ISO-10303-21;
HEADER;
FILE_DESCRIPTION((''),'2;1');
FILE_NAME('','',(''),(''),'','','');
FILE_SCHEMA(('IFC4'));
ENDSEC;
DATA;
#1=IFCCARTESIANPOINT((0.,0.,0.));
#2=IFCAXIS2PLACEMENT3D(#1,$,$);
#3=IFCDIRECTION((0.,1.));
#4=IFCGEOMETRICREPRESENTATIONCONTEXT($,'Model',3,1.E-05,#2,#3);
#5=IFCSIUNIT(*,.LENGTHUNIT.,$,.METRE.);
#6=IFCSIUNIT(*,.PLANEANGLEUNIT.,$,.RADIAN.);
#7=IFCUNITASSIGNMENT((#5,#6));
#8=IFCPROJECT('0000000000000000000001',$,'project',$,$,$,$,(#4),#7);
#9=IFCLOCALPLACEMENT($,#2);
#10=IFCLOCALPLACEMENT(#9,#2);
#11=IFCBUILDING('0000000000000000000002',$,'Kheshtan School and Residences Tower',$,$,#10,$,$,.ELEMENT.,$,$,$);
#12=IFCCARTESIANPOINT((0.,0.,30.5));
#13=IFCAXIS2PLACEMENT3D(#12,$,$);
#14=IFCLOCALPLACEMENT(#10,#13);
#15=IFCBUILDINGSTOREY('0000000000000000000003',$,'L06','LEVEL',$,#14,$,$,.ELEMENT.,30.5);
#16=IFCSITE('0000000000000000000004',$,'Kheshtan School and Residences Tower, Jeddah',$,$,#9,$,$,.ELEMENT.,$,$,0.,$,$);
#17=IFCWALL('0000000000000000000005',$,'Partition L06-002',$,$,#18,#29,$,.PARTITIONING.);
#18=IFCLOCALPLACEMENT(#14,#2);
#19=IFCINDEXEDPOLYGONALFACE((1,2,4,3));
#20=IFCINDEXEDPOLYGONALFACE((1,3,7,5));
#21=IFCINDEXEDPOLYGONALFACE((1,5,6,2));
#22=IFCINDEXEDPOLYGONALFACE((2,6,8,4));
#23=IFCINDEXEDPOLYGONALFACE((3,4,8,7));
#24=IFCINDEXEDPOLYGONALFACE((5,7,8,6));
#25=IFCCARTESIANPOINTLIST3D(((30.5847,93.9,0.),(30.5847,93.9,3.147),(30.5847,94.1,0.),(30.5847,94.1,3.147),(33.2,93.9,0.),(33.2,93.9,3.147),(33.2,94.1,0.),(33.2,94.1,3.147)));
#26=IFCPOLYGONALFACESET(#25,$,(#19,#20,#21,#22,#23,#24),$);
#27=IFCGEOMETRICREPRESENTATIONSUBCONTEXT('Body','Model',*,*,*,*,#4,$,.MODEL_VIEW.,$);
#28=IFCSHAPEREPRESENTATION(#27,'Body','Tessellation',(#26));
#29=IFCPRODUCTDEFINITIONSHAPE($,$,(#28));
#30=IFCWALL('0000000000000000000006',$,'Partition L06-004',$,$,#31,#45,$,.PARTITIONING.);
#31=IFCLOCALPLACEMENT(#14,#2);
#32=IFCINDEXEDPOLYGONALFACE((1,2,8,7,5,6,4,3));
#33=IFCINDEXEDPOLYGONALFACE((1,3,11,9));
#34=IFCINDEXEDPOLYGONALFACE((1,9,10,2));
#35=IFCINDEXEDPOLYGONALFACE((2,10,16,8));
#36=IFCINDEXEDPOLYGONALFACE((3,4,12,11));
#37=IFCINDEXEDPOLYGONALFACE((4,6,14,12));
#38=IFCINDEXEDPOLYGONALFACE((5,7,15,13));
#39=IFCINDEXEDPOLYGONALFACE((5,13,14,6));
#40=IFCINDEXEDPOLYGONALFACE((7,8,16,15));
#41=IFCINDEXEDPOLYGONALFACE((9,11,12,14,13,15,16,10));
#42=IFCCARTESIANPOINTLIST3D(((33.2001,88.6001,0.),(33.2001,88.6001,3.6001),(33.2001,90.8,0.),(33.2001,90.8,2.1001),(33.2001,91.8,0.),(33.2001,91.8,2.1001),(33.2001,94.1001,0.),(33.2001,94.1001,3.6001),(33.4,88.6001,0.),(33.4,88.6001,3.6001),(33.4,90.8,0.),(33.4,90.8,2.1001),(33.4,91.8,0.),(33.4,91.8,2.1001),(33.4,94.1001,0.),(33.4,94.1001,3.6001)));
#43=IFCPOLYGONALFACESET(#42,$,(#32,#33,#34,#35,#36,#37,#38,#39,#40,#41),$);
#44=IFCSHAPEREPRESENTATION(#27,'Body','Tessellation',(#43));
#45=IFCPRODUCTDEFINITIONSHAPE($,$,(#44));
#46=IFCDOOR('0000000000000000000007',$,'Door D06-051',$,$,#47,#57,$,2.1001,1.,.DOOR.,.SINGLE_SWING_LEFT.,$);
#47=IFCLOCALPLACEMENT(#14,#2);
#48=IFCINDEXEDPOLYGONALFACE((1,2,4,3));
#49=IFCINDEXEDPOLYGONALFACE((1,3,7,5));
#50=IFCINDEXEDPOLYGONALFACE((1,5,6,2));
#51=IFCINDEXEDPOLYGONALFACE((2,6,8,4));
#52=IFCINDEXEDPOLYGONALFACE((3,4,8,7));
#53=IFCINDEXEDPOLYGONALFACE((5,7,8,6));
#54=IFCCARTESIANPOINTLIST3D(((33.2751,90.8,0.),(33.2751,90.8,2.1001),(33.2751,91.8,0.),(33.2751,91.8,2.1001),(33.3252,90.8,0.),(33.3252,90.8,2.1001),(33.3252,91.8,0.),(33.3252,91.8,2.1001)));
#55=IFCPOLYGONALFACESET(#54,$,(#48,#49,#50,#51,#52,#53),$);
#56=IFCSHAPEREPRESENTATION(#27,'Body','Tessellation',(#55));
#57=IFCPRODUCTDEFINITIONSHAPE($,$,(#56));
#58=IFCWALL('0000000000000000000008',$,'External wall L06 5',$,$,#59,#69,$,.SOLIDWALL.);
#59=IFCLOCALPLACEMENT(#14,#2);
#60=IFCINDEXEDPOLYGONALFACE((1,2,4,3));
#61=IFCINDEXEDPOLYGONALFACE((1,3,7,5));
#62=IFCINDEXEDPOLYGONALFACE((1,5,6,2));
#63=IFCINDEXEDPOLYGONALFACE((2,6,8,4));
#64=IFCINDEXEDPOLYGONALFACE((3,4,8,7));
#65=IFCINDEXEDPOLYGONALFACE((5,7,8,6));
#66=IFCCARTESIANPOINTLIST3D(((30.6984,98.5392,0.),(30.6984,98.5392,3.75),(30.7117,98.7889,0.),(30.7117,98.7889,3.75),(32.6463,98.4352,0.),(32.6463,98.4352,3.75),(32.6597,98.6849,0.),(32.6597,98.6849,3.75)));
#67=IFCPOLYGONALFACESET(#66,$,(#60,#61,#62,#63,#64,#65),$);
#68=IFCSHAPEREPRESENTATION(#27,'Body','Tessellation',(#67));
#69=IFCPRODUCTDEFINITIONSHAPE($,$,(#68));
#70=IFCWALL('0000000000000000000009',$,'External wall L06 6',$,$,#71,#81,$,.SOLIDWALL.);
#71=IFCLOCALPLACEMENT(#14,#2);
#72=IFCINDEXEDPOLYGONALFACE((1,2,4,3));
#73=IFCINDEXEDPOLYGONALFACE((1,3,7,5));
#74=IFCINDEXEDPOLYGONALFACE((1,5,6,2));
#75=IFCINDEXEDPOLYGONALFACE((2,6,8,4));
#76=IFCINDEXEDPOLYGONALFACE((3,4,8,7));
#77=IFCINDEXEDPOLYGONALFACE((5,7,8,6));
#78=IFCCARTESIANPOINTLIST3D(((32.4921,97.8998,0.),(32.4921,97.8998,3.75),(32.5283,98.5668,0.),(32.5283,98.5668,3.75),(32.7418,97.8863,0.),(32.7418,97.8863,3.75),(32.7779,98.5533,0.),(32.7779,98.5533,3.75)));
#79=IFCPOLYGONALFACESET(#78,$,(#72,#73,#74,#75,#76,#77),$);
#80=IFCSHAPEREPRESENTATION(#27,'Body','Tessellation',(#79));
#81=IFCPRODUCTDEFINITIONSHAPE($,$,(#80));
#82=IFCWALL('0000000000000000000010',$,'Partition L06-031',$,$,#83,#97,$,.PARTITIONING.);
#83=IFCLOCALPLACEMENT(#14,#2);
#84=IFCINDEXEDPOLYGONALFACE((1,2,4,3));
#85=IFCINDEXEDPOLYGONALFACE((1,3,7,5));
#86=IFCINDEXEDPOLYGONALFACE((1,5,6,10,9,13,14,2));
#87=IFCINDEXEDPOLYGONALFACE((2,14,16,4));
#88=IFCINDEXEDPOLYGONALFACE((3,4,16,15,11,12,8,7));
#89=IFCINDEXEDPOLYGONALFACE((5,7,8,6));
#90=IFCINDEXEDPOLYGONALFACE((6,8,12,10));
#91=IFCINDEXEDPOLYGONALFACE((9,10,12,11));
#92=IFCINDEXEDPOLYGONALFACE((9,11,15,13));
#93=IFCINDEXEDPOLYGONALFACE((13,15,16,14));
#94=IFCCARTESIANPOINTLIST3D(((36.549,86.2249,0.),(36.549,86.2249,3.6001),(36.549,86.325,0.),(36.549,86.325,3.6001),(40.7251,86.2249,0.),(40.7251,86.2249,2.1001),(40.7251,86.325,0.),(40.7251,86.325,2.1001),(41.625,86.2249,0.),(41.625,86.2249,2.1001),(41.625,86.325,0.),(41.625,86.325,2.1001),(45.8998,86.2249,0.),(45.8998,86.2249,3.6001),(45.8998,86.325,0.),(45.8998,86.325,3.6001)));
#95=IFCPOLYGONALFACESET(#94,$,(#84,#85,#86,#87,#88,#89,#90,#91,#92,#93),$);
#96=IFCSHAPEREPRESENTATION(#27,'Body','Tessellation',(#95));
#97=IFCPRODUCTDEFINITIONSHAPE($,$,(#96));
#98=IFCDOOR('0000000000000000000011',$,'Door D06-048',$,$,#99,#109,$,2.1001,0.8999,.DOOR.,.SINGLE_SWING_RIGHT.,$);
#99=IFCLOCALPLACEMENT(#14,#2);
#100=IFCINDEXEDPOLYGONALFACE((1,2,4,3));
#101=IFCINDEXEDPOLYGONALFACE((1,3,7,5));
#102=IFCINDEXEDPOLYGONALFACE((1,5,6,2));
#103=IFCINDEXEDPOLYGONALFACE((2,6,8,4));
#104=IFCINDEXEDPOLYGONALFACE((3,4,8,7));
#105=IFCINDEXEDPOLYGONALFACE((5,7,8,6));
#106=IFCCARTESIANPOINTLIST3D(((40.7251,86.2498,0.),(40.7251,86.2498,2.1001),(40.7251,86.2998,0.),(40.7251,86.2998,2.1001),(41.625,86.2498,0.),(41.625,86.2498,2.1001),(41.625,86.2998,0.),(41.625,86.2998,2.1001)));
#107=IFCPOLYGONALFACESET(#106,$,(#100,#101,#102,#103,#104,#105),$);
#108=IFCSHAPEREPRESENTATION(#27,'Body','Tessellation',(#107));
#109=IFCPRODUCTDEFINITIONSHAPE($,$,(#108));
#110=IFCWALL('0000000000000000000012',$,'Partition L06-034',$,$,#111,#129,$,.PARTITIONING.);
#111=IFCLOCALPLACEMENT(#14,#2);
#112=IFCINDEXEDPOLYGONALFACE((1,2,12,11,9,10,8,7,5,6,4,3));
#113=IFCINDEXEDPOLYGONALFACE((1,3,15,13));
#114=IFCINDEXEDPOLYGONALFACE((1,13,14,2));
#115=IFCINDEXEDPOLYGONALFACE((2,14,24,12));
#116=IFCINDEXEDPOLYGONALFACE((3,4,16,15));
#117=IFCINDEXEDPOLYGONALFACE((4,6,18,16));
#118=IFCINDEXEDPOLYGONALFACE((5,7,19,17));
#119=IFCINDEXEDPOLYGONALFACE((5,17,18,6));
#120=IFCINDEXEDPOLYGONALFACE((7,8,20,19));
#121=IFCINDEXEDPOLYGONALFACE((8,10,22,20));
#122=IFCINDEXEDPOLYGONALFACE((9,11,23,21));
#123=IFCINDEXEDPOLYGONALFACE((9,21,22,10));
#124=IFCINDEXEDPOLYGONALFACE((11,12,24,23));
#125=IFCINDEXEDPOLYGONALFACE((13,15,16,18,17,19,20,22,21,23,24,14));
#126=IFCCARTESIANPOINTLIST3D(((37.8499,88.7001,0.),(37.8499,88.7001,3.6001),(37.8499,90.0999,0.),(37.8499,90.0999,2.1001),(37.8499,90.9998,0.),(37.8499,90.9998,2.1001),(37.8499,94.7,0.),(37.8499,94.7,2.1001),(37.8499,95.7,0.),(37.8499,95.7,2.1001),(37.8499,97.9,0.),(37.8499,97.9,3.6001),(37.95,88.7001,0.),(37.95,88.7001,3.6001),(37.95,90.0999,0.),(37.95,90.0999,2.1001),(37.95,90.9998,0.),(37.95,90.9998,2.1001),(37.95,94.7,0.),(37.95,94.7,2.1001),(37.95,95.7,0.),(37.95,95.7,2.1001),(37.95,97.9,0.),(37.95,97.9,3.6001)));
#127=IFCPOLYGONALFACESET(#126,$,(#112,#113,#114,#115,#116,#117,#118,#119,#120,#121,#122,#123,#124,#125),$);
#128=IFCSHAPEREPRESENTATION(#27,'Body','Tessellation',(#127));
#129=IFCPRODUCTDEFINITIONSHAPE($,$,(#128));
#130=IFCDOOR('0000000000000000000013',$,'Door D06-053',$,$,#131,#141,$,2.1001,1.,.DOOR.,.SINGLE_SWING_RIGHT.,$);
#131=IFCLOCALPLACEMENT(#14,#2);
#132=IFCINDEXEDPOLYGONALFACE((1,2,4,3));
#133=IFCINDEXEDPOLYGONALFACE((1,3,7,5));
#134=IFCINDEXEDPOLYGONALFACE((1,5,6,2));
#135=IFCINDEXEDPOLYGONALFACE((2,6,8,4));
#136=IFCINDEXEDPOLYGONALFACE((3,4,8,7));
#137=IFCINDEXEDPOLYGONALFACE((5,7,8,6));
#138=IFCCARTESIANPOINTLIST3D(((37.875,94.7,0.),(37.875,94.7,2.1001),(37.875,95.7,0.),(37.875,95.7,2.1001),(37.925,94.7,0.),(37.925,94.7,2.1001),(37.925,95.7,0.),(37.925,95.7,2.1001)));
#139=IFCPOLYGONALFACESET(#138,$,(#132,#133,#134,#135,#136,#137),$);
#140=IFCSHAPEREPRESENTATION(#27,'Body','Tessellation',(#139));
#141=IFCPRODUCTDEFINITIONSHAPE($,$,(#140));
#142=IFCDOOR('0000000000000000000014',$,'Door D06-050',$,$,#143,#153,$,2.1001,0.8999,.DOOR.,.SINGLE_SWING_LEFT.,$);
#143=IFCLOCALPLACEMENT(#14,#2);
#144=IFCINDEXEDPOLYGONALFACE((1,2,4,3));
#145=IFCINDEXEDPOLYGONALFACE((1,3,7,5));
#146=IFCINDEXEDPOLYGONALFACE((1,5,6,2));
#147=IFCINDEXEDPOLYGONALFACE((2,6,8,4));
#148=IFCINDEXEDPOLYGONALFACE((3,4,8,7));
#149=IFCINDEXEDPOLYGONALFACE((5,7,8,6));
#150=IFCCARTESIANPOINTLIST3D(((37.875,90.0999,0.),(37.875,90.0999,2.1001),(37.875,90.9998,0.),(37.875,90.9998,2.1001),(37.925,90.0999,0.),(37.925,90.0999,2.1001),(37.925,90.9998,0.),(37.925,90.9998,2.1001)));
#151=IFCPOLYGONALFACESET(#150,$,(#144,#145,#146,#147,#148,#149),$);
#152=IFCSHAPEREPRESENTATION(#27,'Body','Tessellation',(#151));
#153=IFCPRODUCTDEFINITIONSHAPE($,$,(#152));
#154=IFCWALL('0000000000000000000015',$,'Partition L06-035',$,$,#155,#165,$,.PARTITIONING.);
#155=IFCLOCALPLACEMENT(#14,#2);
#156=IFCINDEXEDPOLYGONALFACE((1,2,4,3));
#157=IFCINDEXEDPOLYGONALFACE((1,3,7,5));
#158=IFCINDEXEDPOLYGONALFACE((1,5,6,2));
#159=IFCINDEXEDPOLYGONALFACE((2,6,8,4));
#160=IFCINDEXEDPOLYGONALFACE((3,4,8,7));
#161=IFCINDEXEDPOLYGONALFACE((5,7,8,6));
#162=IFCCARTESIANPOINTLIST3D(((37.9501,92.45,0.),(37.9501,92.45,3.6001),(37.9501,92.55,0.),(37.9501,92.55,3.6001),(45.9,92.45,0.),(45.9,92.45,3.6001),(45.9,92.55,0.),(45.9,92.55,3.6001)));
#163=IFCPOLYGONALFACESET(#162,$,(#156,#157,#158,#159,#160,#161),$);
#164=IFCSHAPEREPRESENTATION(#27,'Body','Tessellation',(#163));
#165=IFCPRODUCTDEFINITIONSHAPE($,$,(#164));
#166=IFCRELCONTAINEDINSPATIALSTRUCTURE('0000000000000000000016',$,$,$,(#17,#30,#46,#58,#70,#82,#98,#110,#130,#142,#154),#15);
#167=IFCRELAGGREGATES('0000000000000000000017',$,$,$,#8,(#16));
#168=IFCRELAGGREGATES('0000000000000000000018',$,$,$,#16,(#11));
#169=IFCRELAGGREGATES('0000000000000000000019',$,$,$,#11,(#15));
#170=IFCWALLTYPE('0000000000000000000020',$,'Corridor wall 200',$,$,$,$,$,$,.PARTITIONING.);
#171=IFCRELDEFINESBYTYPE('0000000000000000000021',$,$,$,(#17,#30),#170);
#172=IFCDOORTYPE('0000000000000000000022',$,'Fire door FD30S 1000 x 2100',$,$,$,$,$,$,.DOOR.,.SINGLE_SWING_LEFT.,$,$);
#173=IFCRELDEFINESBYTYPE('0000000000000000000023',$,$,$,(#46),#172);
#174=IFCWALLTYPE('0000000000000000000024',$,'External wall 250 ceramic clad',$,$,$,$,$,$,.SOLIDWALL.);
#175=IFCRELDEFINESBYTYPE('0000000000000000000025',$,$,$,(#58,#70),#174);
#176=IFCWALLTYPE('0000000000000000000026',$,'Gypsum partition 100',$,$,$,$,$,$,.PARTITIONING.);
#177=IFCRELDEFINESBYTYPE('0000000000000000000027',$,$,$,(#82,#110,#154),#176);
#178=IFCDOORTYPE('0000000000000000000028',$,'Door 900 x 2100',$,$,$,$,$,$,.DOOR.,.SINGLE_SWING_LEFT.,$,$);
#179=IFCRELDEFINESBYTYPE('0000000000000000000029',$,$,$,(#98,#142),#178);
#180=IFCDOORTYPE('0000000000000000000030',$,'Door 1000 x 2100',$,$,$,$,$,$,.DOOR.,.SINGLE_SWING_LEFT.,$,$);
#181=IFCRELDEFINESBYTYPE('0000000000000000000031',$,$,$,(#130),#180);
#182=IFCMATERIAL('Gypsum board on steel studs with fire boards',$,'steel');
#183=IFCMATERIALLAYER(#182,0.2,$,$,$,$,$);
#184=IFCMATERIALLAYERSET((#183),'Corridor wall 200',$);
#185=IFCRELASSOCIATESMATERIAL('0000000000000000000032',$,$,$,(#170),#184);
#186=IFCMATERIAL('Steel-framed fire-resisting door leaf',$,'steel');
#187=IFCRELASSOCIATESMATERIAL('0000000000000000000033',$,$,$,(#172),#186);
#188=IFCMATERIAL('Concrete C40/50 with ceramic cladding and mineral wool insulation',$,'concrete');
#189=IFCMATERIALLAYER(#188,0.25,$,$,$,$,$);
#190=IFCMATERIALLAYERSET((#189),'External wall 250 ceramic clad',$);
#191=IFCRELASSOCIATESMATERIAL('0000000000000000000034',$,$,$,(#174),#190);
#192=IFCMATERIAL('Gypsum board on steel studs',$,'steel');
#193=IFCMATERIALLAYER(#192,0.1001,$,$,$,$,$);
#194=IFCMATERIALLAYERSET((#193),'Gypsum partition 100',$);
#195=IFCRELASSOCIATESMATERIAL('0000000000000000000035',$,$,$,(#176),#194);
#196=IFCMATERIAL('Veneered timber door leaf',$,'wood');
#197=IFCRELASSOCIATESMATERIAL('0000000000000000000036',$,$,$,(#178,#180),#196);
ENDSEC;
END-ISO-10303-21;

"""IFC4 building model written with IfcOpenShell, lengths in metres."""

from ifc_helpers import new_model, si_unit, direction, frame, frame_2d, origin, place, context, subcontext, project, spatial, rectangle, extrude, source, transform, mapped, material, layer, layer_set, type_object, element, fill, save


model = new_model("IFC4")

# Units and contexts
model_context = context("Model", 3, precision=1e-05, world=origin(), true_north=direction((0.0, 1.0)))
body_context = subcontext(model_context, "Body", "Model", "MODEL_VIEW")
ifc_project = project(units=[si_unit("LENGTHUNIT", "METRE"), si_unit("PLANEANGLEUNIT", "RADIAN")], contexts=[model_context])

# Site, building, storey
site_placement = place(None, origin())
site = spatial("IfcSite", under=ifc_project, at=site_placement, Name="Kheshtan School and Residences Tower, Jeddah", CompositionType="ELEMENT", RefElevation=0.0)
building_placement = place(site_placement, origin())
building = spatial("IfcBuilding", under=site, at=building_placement, Name="Kheshtan School and Residences Tower", CompositionType="ELEMENT")
storey_placement = place(building_placement, frame((0.0, 0.0, 30.5)))
storey = spatial("IfcBuildingStorey", under=building, at=storey_placement, Name="L06", Description="LEVEL", CompositionType="ELEMENT", Elevation=30.5)

# Wall
ifc_material_1 = material(Name="Gypsum board on steel studs with fire boards", Category="steel")
ifc_layer_1 = layer(ifc_material_1, 0.2)
ifc_layer_set_1 = layer_set([ifc_layer_1], Name="Corridor wall 200")
wall_type_1 = type_object("IfcWallType", Name="Corridor wall 200", PredefinedType="PARTITIONING", material=ifc_layer_set_1)
wall_1_placement = place(storey_placement, frame((30.5847, 94.0, 0.0), z_axis=(0.0, 0.0, 1.0), x_axis=(1.0, 0.0, 0.0)))
element("IfcWall", 1, at=wall_1_placement, inside=storey, type_object=wall_type_1, Name="Partition L06-002", PredefinedType="PARTITIONING", context=body_context, shape_type="SweptSolid", body=[
    extrude(rectangle(XDim=2.6152, YDim=0.2, at=frame_2d((1.3076, 0.0))), origin(), (0.0, 0.0, 1.0), 3.147),
])

# Wall, opening, door
wall_2_placement = place(storey_placement, frame((33.3, 88.6001, 0.0), z_axis=(0.0, 0.0, 1.0), x_axis=(0.0, 1.0, 0.0)))
wall_2 = element("IfcWall", 2, at=wall_2_placement, inside=storey, type_object=wall_type_1, Name="Partition L06-004", PredefinedType="PARTITIONING", context=body_context, shape_type="SweptSolid", body=[
    extrude(rectangle(XDim=5.5, YDim=0.2, at=frame_2d((2.75, 0.0))), origin(), (0.0, 0.0, 1.0), 3.6001),
])
opening_1_placement = place(wall_2_placement, frame((2.2, 0.0, 0.0)))
opening_1 = element("IfcOpeningElement", 3, at=opening_1_placement, cuts=wall_2, PredefinedType="OPENING", context=body_context, shape_type="SweptSolid", body=[
    extrude(rectangle(XDim=1.0, YDim=2.1001, at=frame_2d((0.5, 1.05))), frame((0.0, 0.1099, 0.0), z_axis=(0.0, -1.0, 0.0), x_axis=(1.0, 0.0, 0.0)), (0.0, 0.0, 1.0), 0.22),
])
ifc_material_2 = material(Name="Steel-framed fire-resisting door leaf", Category="steel")
door_type_1 = type_object("IfcDoorType", Name="Fire door FD30S 1000 x 2100", OperationType="SINGLE_SWING_LEFT", PredefinedType="DOOR", material=ifc_material_2)
shared_shape_1 = source(origin(), body_context, "Body", "SweptSolid", [
    extrude(rectangle(XDim=1.0, YDim=2.1001, at=frame_2d((0.5, 1.05))), frame((0.0, 0.0249, 0.0), z_axis=(0.0, -1.0, 0.0), x_axis=(1.0, 0.0, 0.0)), (0.0, 0.0, 1.0), 0.05),
])
door_1_placement = place(opening_1_placement, origin())
door_1 = element("IfcDoor", 4, at=door_1_placement, inside=storey, type_object=door_type_1, Name="Door D06-051", OperationType="SINGLE_SWING_LEFT", OverallHeight=2.1001, OverallWidth=1.0, PredefinedType="DOOR", context=body_context, shape_type="MappedRepresentation", body=[
    mapped(shared_shape_1, transform((0.0, 0.0, 0.0), x_axis=(1.0, 0.0, 0.0), y_axis=(0.0, 1.0, 0.0), z_axis=(0.0, 0.0, 1.0), scale=1.0)),
])
fill(opening_1, door_1)

# Walls
ifc_material_3 = material(Name="Concrete C40/50 with ceramic cladding and mineral wool insulation", Category="concrete")
ifc_layer_2 = layer(ifc_material_3, 0.25)
ifc_layer_set_2 = layer_set([ifc_layer_2], Name="External wall 250 ceramic clad")
wall_type_2 = type_object("IfcWallType", Name="External wall 250 ceramic clad", PredefinedType="SOLIDWALL", material=ifc_layer_set_2)
wall_3_placement = place(storey_placement, frame((30.7051, 98.6641, 0.0), z_axis=(0.0, 0.0, 1.0), x_axis=(0.998578, -0.053314, 0.0)))
element("IfcWall", 5, at=wall_3_placement, inside=storey, type_object=wall_type_2, Name="External wall L06 5", PredefinedType="SOLIDWALL", context=body_context, shape_type="SweptSolid", body=[
    extrude(rectangle(XDim=1.9507, YDim=0.25, at=frame_2d((0.9753, 0.0))), origin(), (0.0, 0.0, 1.0), 3.75),
])
wall_4_placement = place(storey_placement, frame((32.6531, 98.5601, 0.0), z_axis=(0.0, 0.0, 1.0), x_axis=(-0.054093, -0.998536, 0.0)))
element("IfcWall", 6, at=wall_4_placement, inside=storey, type_object=wall_type_2, Name="External wall L06 6", PredefinedType="SOLIDWALL", context=body_context, shape_type="SweptSolid", body=[
    extrude(rectangle(XDim=0.668, YDim=0.25, at=frame_2d((0.334, 0.0))), origin(), (0.0, 0.0, 1.0), 3.75),
])

# Wall, opening, door
ifc_material_4 = material(Name="Gypsum board on steel studs", Category="steel")
ifc_layer_3 = layer(ifc_material_4, 0.1001)
ifc_layer_set_3 = layer_set([ifc_layer_3], Name="Gypsum partition 100")
wall_type_3 = type_object("IfcWallType", Name="Gypsum partition 100", PredefinedType="PARTITIONING", material=ifc_layer_set_3)
wall_5_placement = place(storey_placement, frame((36.5491, 86.2749, 0.0), z_axis=(0.0, 0.0, 1.0), x_axis=(1.0, 0.0, 0.0)))
wall_5 = element("IfcWall", 7, at=wall_5_placement, inside=storey, type_object=wall_type_3, Name="Partition L06-031", PredefinedType="PARTITIONING", context=body_context, shape_type="SweptSolid", body=[
    extrude(rectangle(XDim=9.3508, YDim=0.1001, at=frame_2d((4.6753, 0.0))), origin(), (0.0, 0.0, 1.0), 3.6001),
])
opening_2_placement = place(wall_5_placement, frame((4.176, 0.0, 0.0)))
opening_2 = element("IfcOpeningElement", 8, at=opening_2_placement, cuts=wall_5, PredefinedType="OPENING", context=body_context, shape_type="SweptSolid", body=[
    extrude(rectangle(XDim=0.8999, YDim=2.1001, at=frame_2d((0.45, 1.05))), frame((0.0, 0.0601, 0.0), z_axis=(0.0, -1.0, 0.0), x_axis=(1.0, 0.0, 0.0)), (0.0, 0.0, 1.0), 0.1201),
])
ifc_material_5 = material(Name="Veneered timber door leaf", Category="wood")
door_type_2 = type_object("IfcDoorType", Name="Door 900 x 2100", OperationType="SINGLE_SWING_LEFT", PredefinedType="DOOR", material=ifc_material_5)
shared_shape_2 = source(origin(), body_context, "Body", "SweptSolid", [
    extrude(rectangle(XDim=0.8999, YDim=2.1001, at=frame_2d((0.45, 1.05))), frame((0.0, 0.0249, 0.0), z_axis=(0.0, -1.0, 0.0), x_axis=(1.0, 0.0, 0.0)), (0.0, 0.0, 1.0), 0.05),
])
door_2_placement = place(opening_2_placement, origin())
door_2 = element("IfcDoor", 9, at=door_2_placement, inside=storey, type_object=door_type_2, Name="Door D06-048", OperationType="SINGLE_SWING_RIGHT", OverallHeight=2.1001, OverallWidth=0.8999, PredefinedType="DOOR", context=body_context, shape_type="MappedRepresentation", body=[
    mapped(shared_shape_2, transform((0.0, 0.0, 0.0), x_axis=(1.0, 0.0, 0.0), y_axis=(0.0, 1.0, 0.0), z_axis=(0.0, 0.0, 1.0), scale=1.0)),
])
fill(opening_2, door_2)

# Wall, openings, doors
wall_6_placement = place(storey_placement, frame((37.8999, 88.7, 0.0), z_axis=(0.0, 0.0, 1.0), x_axis=(0.0, 1.0, 0.0)))
wall_6 = element("IfcWall", 10, at=wall_6_placement, inside=storey, type_object=wall_type_3, Name="Partition L06-034", PredefinedType="PARTITIONING", context=body_context, shape_type="SweptSolid", body=[
    extrude(rectangle(XDim=9.2, YDim=0.1001, at=frame_2d((4.6001, 0.0))), origin(), (0.0, 0.0, 1.0), 3.6001),
])
opening_3_placement = place(wall_6_placement, frame((1.3999, 0.0, 0.0)))
opening_3 = element("IfcOpeningElement", 11, at=opening_3_placement, cuts=wall_6, PredefinedType="OPENING", context=body_context, shape_type="SweptSolid", body=[
    extrude(rectangle(XDim=0.8999, YDim=2.1001, at=frame_2d((0.45, 1.05))), frame((0.0, 0.0601, 0.0), z_axis=(0.0, -1.0, 0.0), x_axis=(1.0, 0.0, 0.0)), (0.0, 0.0, 1.0), 0.1201),
])
opening_4_placement = place(wall_6_placement, frame((6.0, 0.0, 0.0)))
opening_4 = element("IfcOpeningElement", 12, at=opening_4_placement, cuts=wall_6, PredefinedType="OPENING", context=body_context, shape_type="SweptSolid", body=[
    extrude(rectangle(XDim=1.0, YDim=2.1001, at=frame_2d((0.5, 1.05))), frame((0.0, 0.0601, 0.0), z_axis=(0.0, -1.0, 0.0), x_axis=(1.0, 0.0, 0.0)), (0.0, 0.0, 1.0), 0.1201),
])
door_type_3 = type_object("IfcDoorType", Name="Door 1000 x 2100", OperationType="SINGLE_SWING_LEFT", PredefinedType="DOOR", material=ifc_material_5)
shared_shape_3 = source(origin(), body_context, "Body", "SweptSolid", [
    extrude(rectangle(XDim=1.0, YDim=2.1001, at=frame_2d((0.5, 1.05))), frame((0.0, 0.0249, 0.0), z_axis=(0.0, -1.0, 0.0), x_axis=(1.0, 0.0, 0.0)), (0.0, 0.0, 1.0), 0.05),
])
door_3_placement = place(opening_4_placement, origin())
door_3 = element("IfcDoor", 13, at=door_3_placement, inside=storey, type_object=door_type_3, Name="Door D06-053", OperationType="SINGLE_SWING_RIGHT", OverallHeight=2.1001, OverallWidth=1.0, PredefinedType="DOOR", context=body_context, shape_type="MappedRepresentation", body=[
    mapped(shared_shape_3, transform((0.0, 0.0, 0.0), x_axis=(1.0, 0.0, 0.0), y_axis=(0.0, 1.0, 0.0), z_axis=(0.0, 0.0, 1.0), scale=1.0)),
])
fill(opening_4, door_3)
door_4_placement = place(opening_3_placement, origin())
door_4 = element("IfcDoor", 14, at=door_4_placement, inside=storey, type_object=door_type_2, Name="Door D06-050", OperationType="SINGLE_SWING_LEFT", OverallHeight=2.1001, OverallWidth=0.8999, PredefinedType="DOOR", context=body_context, shape_type="MappedRepresentation", body=[
    mapped(shared_shape_2, transform((0.0, 0.0, 0.0), x_axis=(1.0, 0.0, 0.0), y_axis=(0.0, 1.0, 0.0), z_axis=(0.0, 0.0, 1.0), scale=1.0)),
])
fill(opening_3, door_4)

# Wall
wall_7_placement = place(storey_placement, frame((37.95, 92.5, 0.0), z_axis=(0.0, 0.0, 1.0), x_axis=(1.0, 0.0, 0.0)))
element("IfcWall", 15, at=wall_7_placement, inside=storey, type_object=wall_type_3, Name="Partition L06-035", PredefinedType="PARTITIONING", context=body_context, shape_type="SweptSolid", body=[
    extrude(rectangle(XDim=7.95, YDim=0.1001, at=frame_2d((3.9751, 0.0))), origin(), (0.0, 0.0, 1.0), 3.6001),
])

save(model, "model.ifc")
